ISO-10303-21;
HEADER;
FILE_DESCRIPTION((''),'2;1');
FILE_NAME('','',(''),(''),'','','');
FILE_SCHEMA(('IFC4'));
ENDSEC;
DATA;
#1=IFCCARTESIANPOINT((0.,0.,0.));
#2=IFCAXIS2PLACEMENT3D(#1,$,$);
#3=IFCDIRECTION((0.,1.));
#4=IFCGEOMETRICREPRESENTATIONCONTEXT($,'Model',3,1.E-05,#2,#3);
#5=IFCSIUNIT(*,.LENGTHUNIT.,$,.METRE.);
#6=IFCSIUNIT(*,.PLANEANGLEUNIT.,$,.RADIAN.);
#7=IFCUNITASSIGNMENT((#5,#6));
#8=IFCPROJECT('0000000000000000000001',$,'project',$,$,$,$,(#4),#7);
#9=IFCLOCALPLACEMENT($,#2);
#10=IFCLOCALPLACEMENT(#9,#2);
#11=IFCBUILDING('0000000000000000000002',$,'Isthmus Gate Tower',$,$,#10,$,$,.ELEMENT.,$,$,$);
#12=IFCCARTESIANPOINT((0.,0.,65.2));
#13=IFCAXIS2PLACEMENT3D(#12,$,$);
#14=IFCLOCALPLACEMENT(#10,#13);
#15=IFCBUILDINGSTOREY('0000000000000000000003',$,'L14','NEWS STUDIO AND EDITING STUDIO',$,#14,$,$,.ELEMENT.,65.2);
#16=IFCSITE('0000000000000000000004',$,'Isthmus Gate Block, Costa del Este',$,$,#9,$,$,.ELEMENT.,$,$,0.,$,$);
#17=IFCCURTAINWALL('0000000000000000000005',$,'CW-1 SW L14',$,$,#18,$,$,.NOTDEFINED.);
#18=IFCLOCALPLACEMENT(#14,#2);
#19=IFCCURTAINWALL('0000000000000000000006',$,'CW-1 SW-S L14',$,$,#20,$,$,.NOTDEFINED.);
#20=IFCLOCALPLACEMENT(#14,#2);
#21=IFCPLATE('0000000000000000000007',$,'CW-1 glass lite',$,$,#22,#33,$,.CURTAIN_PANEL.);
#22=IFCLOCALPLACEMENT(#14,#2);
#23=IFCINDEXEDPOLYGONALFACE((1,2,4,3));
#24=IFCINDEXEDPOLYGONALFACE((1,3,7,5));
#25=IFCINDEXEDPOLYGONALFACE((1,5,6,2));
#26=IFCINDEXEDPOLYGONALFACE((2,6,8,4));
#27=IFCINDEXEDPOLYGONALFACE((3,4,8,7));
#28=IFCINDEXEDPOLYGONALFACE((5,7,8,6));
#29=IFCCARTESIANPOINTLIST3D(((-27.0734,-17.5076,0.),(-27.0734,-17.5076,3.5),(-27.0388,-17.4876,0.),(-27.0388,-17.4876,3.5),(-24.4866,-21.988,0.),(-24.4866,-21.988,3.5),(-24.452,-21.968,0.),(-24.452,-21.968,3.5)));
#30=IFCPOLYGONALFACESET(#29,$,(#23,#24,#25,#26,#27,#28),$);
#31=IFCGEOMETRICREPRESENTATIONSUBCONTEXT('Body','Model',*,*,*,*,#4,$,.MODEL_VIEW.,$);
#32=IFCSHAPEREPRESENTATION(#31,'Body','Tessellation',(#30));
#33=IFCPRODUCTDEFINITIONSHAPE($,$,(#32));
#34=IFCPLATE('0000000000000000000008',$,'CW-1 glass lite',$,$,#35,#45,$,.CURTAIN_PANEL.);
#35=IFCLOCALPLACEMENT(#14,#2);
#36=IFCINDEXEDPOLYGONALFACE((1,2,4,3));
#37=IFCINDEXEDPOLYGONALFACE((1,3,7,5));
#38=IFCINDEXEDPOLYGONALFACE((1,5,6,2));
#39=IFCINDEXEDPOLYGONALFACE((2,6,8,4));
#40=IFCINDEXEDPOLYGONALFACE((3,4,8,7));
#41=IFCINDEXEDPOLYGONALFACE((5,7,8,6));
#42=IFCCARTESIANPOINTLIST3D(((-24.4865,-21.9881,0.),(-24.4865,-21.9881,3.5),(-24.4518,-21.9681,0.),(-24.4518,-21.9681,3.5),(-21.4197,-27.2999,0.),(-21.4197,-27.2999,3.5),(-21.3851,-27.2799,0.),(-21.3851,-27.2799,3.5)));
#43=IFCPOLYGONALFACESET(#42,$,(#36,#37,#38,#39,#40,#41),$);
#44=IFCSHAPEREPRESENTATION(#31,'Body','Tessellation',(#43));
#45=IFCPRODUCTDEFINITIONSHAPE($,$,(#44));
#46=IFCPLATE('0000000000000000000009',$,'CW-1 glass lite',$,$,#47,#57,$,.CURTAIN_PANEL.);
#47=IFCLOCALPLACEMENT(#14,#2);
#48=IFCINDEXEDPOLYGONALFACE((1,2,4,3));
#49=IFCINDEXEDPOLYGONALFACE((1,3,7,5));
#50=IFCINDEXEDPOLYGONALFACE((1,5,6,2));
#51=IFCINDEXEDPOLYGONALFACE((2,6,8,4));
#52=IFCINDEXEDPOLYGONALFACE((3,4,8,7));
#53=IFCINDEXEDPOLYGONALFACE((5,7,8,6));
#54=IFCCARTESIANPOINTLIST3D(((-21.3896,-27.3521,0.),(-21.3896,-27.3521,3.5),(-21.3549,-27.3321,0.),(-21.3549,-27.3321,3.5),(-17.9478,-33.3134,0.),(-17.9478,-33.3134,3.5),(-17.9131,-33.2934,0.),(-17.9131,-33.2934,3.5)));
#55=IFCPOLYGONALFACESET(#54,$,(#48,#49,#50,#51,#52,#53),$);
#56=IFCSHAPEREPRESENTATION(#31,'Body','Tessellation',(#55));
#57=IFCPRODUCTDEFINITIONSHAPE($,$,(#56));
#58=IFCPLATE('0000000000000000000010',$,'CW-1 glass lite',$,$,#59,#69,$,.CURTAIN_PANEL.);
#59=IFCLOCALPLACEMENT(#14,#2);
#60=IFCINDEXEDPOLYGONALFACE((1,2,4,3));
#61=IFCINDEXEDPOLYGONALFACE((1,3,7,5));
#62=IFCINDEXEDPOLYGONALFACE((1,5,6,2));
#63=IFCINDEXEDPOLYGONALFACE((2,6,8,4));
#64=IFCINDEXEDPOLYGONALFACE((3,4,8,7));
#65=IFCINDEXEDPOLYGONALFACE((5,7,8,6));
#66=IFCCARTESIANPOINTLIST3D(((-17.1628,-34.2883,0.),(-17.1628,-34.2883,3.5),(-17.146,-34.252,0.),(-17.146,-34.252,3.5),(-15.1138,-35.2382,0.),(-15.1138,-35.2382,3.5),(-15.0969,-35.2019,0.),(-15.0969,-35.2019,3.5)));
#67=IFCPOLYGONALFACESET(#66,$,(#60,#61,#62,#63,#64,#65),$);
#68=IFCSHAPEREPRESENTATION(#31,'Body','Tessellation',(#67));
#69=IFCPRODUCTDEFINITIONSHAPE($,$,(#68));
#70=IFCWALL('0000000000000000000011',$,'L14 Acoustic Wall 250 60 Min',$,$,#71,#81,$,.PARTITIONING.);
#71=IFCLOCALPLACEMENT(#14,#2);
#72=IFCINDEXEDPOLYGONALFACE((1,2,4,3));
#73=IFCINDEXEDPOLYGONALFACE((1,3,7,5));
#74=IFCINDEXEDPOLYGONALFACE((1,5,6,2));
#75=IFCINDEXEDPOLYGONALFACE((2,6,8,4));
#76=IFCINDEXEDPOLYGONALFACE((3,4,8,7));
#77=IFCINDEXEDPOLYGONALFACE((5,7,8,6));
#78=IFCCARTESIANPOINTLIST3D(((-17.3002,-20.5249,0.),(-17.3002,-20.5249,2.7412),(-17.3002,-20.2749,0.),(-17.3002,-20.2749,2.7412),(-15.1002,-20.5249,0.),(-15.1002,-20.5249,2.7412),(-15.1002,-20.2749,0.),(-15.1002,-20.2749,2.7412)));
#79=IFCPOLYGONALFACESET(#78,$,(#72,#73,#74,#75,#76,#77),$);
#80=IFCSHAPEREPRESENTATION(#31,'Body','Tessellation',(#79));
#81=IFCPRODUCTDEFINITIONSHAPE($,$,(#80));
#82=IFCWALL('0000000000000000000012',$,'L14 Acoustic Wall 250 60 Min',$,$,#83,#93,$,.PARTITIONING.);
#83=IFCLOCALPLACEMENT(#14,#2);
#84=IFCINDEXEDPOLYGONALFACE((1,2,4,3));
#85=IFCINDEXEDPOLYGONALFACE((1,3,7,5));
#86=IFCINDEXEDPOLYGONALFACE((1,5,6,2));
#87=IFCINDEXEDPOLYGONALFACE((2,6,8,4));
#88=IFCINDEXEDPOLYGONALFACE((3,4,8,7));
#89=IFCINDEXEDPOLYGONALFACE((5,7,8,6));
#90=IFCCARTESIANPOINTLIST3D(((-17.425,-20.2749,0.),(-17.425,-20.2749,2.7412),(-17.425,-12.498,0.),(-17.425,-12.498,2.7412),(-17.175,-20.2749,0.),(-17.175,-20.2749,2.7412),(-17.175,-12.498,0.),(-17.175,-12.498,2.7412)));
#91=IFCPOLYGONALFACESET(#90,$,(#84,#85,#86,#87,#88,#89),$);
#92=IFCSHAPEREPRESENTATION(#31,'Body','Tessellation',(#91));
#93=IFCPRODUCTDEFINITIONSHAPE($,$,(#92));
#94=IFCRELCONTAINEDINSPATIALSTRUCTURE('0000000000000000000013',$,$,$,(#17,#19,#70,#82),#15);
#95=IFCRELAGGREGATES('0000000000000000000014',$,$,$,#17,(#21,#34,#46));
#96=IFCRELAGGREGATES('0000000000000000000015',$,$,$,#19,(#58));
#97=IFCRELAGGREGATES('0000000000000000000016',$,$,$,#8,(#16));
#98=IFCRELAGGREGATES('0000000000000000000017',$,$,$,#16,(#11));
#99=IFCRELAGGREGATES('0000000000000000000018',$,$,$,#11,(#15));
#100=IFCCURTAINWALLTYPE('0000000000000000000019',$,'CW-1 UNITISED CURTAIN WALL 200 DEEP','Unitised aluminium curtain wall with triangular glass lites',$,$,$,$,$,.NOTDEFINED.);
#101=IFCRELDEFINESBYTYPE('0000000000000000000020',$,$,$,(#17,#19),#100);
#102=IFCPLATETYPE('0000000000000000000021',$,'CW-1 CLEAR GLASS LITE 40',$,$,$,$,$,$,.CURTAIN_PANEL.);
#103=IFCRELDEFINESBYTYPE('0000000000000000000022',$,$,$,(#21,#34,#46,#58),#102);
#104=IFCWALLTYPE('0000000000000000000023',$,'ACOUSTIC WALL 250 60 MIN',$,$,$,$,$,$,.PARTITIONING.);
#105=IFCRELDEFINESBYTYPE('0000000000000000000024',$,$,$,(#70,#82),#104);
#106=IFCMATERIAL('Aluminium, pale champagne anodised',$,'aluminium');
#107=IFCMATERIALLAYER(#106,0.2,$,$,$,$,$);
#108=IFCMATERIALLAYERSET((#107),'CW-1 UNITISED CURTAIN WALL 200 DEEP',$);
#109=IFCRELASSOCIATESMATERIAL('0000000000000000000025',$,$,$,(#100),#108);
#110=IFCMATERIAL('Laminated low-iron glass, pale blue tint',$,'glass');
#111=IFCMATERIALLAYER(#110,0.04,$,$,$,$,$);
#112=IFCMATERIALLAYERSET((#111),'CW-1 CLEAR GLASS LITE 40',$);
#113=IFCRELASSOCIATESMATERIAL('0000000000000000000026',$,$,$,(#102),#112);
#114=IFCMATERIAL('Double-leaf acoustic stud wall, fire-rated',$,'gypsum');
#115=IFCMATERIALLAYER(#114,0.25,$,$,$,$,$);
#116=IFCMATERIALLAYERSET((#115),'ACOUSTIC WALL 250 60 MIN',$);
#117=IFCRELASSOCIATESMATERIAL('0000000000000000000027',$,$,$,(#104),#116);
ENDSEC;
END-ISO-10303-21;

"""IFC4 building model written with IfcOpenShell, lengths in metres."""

from ifc_helpers import new_model, si_unit, direction, frame, frame_2d, origin, origin_2d, place, context, subcontext, project, spatial, rectangle, extrude, material, layer, layer_set, type_object, element, aggregate, save


model = new_model("IFC4")

# Units and contexts
model_context = context("Model", 3, precision=1e-05, world=origin(), true_north=direction((0.0, 1.0)))
body_context = subcontext(model_context, "Body", "Model", "MODEL_VIEW")
ifc_project = project(units=[si_unit("LENGTHUNIT", "METRE"), si_unit("PLANEANGLEUNIT", "RADIAN")], contexts=[model_context])

# Site, building, storey
site_placement = place(None, origin())
site = spatial("IfcSite", under=ifc_project, at=site_placement, Name="Isthmus Gate Block, Costa del Este", CompositionType="ELEMENT", RefElevation=0.0)
building_placement = place(site_placement, origin())
building = spatial("IfcBuilding", under=site, at=building_placement, Name="Isthmus Gate Tower", CompositionType="ELEMENT")
storey_placement = place(building_placement, frame((0.0, 0.0, 65.2)))
storey = spatial("IfcBuildingStorey", under=building, at=storey_placement, Name="L14", Description="NEWS STUDIO AND EDITING STUDIO", CompositionType="ELEMENT", Elevation=65.2)

# Curtain wall
ifc_material_1 = material(Name="Aluminium, pale champagne anodised", Category="aluminium")
ifc_layer_1 = layer(ifc_material_1, 0.2)
ifc_layer_set_1 = layer_set([ifc_layer_1], Name="CW-1 UNITISED CURTAIN WALL 200 DEEP")
curtain_wall_type = type_object("IfcCurtainWallType", Name="CW-1 UNITISED CURTAIN WALL 200 DEEP", Description="Unitised aluminium curtain wall with triangular glass lites", PredefinedType="NOTDEFINED", material=ifc_layer_set_1)
curtain_wall_1_placement = place(storey_placement, origin())
curtain_wall_1 = element("IfcCurtainWall", 1, at=curtain_wall_1_placement, inside=storey, type_object=curtain_wall_type, Name="CW-1 SW L14", PredefinedType="NOTDEFINED")

# Curtain wall
curtain_wall_2_placement = place(storey_placement, origin())
curtain_wall_2 = element("IfcCurtainWall", 2, at=curtain_wall_2_placement, inside=storey, type_object=curtain_wall_type, Name="CW-1 SW-S L14", PredefinedType="NOTDEFINED")

# Plates
ifc_material_2 = material(Name="Laminated low-iron glass, pale blue tint", Category="glass")
ifc_layer_2 = layer(ifc_material_2, 0.04)
ifc_layer_set_2 = layer_set([ifc_layer_2], Name="CW-1 CLEAR GLASS LITE 40")
plate_type = type_object("IfcPlateType", Name="CW-1 CLEAR GLASS LITE 40", PredefinedType="CURTAIN_PANEL", material=ifc_layer_set_2)
plate_1_placement = place(storey_placement, frame((-25.7627, -19.7378, 0.0), z_axis=(0.0, 0.0, 1.0), x_axis=(0.5, -0.866025, 0.0)))
plate_1 = element("IfcPlate", 3, at=plate_1_placement, type_object=plate_type, Name="CW-1 glass lite", PredefinedType="CURTAIN_PANEL", context=body_context, shape_type="SweptSolid", body=[
    extrude(rectangle(XDim=5.1736, YDim=0.04, at=origin_2d()), origin(), (0.0, 0.0, 1.0), 3.5),
])
plate_2_placement = place(storey_placement, frame((-22.9358, -24.634, 0.0), z_axis=(0.0, 0.0, 1.0), x_axis=(0.5, -0.866025, 0.0)))
plate_2 = element("IfcPlate", 4, at=plate_2_placement, type_object=plate_type, Name="CW-1 glass lite", PredefinedType="CURTAIN_PANEL", context=body_context, shape_type="SweptSolid", body=[
    extrude(rectangle(XDim=6.1335, YDim=0.04, at=origin_2d()), origin(), (0.0, 0.0, 1.0), 3.5),
])
plate_3_placement = place(storey_placement, frame((-19.6514, -30.3228, 0.0), z_axis=(0.0, 0.0, 1.0), x_axis=(0.5, -0.866025, 0.0)))
plate_3 = element("IfcPlate", 5, at=plate_3_placement, type_object=plate_type, Name="CW-1 glass lite", PredefinedType="CURTAIN_PANEL", context=body_context, shape_type="SweptSolid", body=[
    extrude(rectangle(XDim=6.8835, YDim=0.04, at=origin_2d()), origin(), (0.0, 0.0, 1.0), 3.5),
])
aggregate(curtain_wall_1, [plate_1, plate_2, plate_3])
plate_4_placement = place(storey_placement, frame((-16.1299, -34.7451, 0.0), z_axis=(0.0, 0.0, 1.0), x_axis=(0.907256, -0.420578, 0.0)))
plate_4 = element("IfcPlate", 6, at=plate_4_placement, type_object=plate_type, Name="CW-1 glass lite", PredefinedType="CURTAIN_PANEL", context=body_context, shape_type="SweptSolid", body=[
    extrude(rectangle(XDim=2.2585, YDim=0.04, at=origin_2d()), origin(), (0.0, 0.0, 1.0), 3.5),
])
aggregate(curtain_wall_2, [plate_4])

# Walls
ifc_material_3 = material(Name="Double-leaf acoustic stud wall, fire-rated", Category="gypsum")
ifc_layer_3 = layer(ifc_material_3, 0.25)
ifc_layer_set_3 = layer_set([ifc_layer_3], Name="ACOUSTIC WALL 250 60 MIN")
wall_type = type_object("IfcWallType", Name="ACOUSTIC WALL 250 60 MIN", PredefinedType="PARTITIONING", material=ifc_layer_set_3)
wall_1_placement = place(storey_placement, frame((-15.1001, -20.3999, 0.0), z_axis=(0.0, 0.0, 1.0), x_axis=(-1.0, 0.0, 0.0)))
element("IfcWall", 7, at=wall_1_placement, inside=storey, type_object=wall_type, Name="L14 Acoustic Wall 250 60 Min", PredefinedType="PARTITIONING", context=body_context, shape_type="SweptSolid", body=[
    extrude(rectangle(XDim=2.2, YDim=0.25, at=frame_2d((1.1001, 0.0))), origin(), (0.0, 0.0, 1.0), 2.7412),
])
wall_2_placement = place(storey_placement, frame((-17.3, -20.2749, 0.0), z_axis=(0.0, 0.0, 1.0), x_axis=(0.0, 1.0, 0.0)))
element("IfcWall", 8, at=wall_2_placement, inside=storey, type_object=wall_type, Name="L14 Acoustic Wall 250 60 Min", PredefinedType="PARTITIONING", context=body_context, shape_type="SweptSolid", body=[
    extrude(rectangle(XDim=7.7769, YDim=0.25, at=frame_2d((3.8884, 0.0))), origin(), (0.0, 0.0, 1.0), 2.7412),
])

save(model, "model.ifc")
